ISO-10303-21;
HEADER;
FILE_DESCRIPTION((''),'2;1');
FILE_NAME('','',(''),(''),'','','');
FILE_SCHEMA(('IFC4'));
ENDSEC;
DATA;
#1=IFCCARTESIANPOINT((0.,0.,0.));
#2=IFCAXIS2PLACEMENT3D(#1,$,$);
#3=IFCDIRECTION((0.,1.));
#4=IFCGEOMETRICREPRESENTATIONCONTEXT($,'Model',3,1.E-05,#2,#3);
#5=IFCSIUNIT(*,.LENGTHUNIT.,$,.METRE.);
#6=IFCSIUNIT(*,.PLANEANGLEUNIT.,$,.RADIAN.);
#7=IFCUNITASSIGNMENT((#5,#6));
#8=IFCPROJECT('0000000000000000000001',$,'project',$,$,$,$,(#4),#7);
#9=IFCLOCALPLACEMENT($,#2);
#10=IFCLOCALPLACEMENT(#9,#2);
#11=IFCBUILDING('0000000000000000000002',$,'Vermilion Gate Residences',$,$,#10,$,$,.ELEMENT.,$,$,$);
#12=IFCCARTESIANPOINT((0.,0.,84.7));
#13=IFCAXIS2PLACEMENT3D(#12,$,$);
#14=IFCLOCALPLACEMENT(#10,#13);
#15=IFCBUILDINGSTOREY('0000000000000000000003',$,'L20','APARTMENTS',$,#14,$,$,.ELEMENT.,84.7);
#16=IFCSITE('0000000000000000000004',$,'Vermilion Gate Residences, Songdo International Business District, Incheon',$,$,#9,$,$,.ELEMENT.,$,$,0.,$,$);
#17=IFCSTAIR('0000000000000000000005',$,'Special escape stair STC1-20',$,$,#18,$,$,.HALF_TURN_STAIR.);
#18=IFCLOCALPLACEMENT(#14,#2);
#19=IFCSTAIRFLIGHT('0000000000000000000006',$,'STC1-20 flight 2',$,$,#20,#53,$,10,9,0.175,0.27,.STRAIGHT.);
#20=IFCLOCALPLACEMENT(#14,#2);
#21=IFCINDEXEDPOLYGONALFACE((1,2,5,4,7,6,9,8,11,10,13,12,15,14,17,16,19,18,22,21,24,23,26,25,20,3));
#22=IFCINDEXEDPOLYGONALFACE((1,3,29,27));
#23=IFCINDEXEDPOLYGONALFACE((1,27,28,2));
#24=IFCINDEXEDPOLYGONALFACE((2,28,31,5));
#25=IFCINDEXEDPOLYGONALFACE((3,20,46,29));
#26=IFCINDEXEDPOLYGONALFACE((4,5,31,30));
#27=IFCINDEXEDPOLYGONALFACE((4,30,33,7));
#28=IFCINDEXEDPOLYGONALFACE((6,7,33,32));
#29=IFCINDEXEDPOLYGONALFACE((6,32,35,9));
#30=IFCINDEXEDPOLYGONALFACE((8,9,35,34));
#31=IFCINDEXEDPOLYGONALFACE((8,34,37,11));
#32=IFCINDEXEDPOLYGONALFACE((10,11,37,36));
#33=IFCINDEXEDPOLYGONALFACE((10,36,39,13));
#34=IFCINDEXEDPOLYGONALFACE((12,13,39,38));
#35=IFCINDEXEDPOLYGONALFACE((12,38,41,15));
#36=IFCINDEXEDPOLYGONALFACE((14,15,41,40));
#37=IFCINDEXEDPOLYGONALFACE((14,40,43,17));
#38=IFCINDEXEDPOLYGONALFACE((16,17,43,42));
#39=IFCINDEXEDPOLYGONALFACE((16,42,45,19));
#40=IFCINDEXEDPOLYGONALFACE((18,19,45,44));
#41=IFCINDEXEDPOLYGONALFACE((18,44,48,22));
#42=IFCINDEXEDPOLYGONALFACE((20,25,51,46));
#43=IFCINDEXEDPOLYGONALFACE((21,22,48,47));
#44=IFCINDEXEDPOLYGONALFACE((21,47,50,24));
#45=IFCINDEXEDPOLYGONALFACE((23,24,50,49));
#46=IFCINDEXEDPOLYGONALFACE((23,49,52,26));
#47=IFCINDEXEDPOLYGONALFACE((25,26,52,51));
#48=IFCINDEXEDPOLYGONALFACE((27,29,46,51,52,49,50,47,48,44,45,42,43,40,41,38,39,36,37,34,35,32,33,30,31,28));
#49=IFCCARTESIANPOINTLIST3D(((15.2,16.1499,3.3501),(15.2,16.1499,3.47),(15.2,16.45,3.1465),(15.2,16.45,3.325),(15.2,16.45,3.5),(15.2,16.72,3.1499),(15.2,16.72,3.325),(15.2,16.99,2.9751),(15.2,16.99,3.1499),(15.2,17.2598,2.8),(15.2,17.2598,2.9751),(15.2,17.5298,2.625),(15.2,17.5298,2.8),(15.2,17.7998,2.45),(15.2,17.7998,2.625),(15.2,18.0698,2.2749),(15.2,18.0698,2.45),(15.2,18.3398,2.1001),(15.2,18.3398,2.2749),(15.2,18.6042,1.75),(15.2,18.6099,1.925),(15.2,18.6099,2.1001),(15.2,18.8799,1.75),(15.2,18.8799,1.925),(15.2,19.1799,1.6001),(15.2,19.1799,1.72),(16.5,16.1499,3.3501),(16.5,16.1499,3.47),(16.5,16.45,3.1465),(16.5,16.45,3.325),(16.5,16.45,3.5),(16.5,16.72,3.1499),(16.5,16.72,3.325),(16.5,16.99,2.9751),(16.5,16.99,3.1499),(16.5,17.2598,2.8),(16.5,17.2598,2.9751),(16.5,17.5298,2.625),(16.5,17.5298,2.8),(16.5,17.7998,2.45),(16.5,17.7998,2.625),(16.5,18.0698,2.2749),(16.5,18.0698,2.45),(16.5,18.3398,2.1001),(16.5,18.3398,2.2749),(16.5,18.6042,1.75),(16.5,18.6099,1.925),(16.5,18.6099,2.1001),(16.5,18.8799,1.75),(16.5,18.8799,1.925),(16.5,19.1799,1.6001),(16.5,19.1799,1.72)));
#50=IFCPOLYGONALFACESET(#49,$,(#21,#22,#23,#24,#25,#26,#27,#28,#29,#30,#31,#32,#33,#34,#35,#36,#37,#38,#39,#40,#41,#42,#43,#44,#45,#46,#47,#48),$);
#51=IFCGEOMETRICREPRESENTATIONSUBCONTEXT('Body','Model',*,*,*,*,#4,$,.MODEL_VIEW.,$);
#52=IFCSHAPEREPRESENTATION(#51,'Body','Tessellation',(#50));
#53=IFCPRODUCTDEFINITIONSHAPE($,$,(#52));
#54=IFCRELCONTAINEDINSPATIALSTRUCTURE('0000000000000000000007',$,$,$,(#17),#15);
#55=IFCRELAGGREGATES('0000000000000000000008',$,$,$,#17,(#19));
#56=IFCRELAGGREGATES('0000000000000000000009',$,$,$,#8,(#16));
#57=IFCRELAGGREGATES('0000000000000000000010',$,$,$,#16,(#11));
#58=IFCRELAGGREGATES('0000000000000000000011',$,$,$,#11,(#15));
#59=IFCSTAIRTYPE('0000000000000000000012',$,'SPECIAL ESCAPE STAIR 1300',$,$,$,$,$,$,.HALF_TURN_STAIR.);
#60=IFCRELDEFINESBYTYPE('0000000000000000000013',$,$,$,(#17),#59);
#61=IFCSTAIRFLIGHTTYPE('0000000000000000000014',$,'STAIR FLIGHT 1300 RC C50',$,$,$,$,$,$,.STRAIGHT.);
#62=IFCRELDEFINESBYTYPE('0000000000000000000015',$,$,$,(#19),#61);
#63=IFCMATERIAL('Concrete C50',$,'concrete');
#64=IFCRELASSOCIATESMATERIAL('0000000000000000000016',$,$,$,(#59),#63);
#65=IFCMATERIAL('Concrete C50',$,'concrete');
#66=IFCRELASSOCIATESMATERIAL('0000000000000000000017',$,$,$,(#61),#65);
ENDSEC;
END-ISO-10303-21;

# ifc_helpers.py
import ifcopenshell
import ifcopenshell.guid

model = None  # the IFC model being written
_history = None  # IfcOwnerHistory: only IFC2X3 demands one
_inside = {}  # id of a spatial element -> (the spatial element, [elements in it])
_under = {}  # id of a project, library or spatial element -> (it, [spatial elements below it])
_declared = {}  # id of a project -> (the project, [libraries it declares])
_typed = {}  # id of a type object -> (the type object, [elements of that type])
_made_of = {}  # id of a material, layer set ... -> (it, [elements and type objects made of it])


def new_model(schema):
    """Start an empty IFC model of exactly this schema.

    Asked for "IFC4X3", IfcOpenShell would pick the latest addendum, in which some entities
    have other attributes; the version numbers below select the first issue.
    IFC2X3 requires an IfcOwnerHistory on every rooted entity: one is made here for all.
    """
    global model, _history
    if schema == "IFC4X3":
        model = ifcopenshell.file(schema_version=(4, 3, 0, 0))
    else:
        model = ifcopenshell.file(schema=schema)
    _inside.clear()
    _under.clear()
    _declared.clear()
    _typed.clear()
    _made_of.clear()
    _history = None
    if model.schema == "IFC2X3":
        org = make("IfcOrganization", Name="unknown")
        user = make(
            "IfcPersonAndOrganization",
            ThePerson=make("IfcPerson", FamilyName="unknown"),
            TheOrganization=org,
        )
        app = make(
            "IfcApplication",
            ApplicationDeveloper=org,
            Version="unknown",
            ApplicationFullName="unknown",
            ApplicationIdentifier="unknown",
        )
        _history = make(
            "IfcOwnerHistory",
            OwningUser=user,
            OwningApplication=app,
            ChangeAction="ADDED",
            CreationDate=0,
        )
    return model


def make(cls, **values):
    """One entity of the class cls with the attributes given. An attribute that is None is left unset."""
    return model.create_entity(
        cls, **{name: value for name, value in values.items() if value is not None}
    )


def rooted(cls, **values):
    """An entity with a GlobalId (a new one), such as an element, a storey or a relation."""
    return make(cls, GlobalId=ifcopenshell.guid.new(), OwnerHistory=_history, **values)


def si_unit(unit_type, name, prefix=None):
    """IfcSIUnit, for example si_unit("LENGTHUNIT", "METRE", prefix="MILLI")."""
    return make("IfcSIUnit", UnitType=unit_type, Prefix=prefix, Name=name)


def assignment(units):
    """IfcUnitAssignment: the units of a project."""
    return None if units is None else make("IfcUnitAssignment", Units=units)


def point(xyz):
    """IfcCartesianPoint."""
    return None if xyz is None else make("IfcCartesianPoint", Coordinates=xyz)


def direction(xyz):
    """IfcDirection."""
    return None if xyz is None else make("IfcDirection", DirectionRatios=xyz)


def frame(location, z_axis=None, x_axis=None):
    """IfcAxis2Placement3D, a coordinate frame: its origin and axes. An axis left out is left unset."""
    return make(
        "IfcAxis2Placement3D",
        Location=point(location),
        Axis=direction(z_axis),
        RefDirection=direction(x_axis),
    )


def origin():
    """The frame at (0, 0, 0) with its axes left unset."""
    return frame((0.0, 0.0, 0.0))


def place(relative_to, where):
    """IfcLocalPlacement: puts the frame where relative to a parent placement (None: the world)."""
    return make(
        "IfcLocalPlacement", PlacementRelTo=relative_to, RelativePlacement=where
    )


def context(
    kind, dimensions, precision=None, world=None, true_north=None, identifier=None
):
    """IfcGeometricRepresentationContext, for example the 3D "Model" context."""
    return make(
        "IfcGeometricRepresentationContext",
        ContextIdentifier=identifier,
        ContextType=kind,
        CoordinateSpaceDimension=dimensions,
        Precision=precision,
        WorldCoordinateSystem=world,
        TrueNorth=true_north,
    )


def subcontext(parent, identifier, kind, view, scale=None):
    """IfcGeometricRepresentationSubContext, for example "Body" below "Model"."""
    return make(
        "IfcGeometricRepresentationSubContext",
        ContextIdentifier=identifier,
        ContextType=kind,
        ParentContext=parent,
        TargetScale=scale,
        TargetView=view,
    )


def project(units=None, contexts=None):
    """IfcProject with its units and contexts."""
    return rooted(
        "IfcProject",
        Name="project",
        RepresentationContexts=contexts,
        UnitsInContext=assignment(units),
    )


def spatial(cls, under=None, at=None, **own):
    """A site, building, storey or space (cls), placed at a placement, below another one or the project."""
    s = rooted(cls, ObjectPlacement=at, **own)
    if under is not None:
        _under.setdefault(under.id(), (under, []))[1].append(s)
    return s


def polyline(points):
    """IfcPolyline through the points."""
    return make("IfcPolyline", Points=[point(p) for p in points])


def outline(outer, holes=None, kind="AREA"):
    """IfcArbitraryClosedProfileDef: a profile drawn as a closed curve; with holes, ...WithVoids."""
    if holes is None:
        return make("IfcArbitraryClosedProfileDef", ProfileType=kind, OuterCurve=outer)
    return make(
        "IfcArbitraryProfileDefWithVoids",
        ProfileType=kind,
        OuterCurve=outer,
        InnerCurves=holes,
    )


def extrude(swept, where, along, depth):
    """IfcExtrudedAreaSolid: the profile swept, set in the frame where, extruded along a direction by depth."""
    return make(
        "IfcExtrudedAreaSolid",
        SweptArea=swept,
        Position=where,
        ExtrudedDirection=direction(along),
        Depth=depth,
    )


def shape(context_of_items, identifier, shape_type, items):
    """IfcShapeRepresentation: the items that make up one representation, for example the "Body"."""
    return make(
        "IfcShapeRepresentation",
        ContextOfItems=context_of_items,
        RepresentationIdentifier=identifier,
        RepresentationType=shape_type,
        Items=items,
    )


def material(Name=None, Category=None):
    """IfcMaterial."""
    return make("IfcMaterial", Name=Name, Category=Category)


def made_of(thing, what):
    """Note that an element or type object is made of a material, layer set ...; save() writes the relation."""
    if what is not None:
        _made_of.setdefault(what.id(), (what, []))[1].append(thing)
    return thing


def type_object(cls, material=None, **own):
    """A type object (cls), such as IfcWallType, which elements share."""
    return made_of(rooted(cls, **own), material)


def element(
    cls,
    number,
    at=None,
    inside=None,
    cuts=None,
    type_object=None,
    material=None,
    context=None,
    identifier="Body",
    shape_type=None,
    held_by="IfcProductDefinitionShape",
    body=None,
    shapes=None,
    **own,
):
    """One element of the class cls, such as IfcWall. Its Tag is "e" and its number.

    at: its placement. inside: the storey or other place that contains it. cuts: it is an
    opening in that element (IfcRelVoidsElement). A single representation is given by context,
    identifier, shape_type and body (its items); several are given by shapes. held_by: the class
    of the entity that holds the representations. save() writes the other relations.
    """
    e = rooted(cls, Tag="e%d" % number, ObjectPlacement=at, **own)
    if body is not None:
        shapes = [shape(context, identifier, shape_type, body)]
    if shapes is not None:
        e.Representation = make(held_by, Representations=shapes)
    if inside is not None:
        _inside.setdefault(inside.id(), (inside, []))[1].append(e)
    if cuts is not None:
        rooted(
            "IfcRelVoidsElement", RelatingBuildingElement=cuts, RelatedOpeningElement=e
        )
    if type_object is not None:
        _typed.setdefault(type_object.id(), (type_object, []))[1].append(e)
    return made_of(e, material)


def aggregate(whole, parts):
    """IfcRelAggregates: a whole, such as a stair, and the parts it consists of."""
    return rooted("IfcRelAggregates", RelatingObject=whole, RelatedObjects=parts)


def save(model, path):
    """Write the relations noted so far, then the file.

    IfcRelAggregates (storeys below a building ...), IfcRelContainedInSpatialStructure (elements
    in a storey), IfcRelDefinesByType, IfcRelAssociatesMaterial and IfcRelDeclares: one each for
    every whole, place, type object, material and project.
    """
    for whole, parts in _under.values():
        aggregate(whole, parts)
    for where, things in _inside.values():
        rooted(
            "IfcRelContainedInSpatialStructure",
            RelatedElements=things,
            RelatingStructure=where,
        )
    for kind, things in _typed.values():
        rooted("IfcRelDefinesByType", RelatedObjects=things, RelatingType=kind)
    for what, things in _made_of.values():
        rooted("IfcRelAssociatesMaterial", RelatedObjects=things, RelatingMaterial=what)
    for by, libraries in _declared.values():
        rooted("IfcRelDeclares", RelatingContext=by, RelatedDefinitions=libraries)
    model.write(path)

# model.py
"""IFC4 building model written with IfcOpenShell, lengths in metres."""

from ifc_helpers import new_model, si_unit, direction, frame, origin, place, context, subcontext, project, spatial, polyline, outline, extrude, material, type_object, element, aggregate, save


model = new_model("IFC4")

# Units and contexts
model_context = context("Model", 3, precision=1e-05, world=origin(), true_north=direction((0.0, 1.0)))
body_context = subcontext(model_context, "Body", "Model", "MODEL_VIEW")
ifc_project = project(units=[si_unit("LENGTHUNIT", "METRE"), si_unit("PLANEANGLEUNIT", "RADIAN")], contexts=[model_context])

# Site, building, storey
site_placement = place(None, origin())
site = spatial("IfcSite", under=ifc_project, at=site_placement, Name="Vermilion Gate Residences, Songdo International Business District, Incheon", CompositionType="ELEMENT", RefElevation=0.0)
building_placement = place(site_placement, origin())
building = spatial("IfcBuilding", under=site, at=building_placement, Name="Vermilion Gate Residences", CompositionType="ELEMENT")
storey_placement = place(building_placement, frame((0.0, 0.0, 84.7)))
storey = spatial("IfcBuildingStorey", under=building, at=storey_placement, Name="L20", Description="APARTMENTS", CompositionType="ELEMENT", Elevation=84.7)

# Stair, stair flight
ifc_material_1 = material(Name="Concrete C50", Category="concrete")
stair_type = type_object("IfcStairType", Name="SPECIAL ESCAPE STAIR 1300", PredefinedType="HALF_TURN_STAIR", material=ifc_material_1)
stair_placement = place(storey_placement, origin())
stair = element("IfcStair", 1, at=stair_placement, inside=storey, type_object=stair_type, Name="Special escape stair STC1-20", PredefinedType="HALF_TURN_STAIR")
ifc_material_2 = material(Name="Concrete C50", Category="concrete")
stair_flight_type = type_object("IfcStairFlightType", Name="STAIR FLIGHT 1300 RC C50", PredefinedType="STRAIGHT", material=ifc_material_2)
stair_flight_placement = place(storey_placement, frame((15.8501, 18.8799, 1.75), z_axis=(0.0, 0.0, 1.0), x_axis=(0.0, -1.0, 0.0)))
stair_flight = element("IfcStairFlight", 2, at=stair_flight_placement, type_object=stair_flight_type, Name="STC1-20 flight 2", NumberOfRisers=10, NumberOfTreads=9, PredefinedType="STRAIGHT", RiserHeight=0.175, TreadLength=0.27, context=body_context, shape_type="SweptSolid", body=[
    extrude(outline(polyline([(-0.3, -0.1499), (-0.3, -0.03), (0.0, 0.0), (0.0, 0.175), (0.27, 0.175), (0.27, 0.3501), (0.54, 0.3501), (0.54, 0.5249), (0.8101, 0.5249), (0.8101, 0.7), (1.0801, 0.7), (1.0801, 0.875), (1.3501, 0.875), (1.3501, 1.05), (1.6201, 1.05), (1.6201, 1.2251), (1.8899, 1.2251), (1.8899, 1.3999), (2.1599, 1.3999), (2.1599, 1.575), (2.4299, 1.575), (2.4299, 1.75), (2.73, 1.72), (2.73, 1.6001), (2.4299, 1.3965), (0.2756, 0.0), (-0.3, -0.1499)])), frame((0.0, 0.6499, 0.0), z_axis=(0.0, -1.0, 0.0), x_axis=(1.0, 0.0, 0.0)), (0.0, 0.0, 1.0), 1.3),
])
aggregate(stair, [stair_flight])

save(model, "model.ifc")
